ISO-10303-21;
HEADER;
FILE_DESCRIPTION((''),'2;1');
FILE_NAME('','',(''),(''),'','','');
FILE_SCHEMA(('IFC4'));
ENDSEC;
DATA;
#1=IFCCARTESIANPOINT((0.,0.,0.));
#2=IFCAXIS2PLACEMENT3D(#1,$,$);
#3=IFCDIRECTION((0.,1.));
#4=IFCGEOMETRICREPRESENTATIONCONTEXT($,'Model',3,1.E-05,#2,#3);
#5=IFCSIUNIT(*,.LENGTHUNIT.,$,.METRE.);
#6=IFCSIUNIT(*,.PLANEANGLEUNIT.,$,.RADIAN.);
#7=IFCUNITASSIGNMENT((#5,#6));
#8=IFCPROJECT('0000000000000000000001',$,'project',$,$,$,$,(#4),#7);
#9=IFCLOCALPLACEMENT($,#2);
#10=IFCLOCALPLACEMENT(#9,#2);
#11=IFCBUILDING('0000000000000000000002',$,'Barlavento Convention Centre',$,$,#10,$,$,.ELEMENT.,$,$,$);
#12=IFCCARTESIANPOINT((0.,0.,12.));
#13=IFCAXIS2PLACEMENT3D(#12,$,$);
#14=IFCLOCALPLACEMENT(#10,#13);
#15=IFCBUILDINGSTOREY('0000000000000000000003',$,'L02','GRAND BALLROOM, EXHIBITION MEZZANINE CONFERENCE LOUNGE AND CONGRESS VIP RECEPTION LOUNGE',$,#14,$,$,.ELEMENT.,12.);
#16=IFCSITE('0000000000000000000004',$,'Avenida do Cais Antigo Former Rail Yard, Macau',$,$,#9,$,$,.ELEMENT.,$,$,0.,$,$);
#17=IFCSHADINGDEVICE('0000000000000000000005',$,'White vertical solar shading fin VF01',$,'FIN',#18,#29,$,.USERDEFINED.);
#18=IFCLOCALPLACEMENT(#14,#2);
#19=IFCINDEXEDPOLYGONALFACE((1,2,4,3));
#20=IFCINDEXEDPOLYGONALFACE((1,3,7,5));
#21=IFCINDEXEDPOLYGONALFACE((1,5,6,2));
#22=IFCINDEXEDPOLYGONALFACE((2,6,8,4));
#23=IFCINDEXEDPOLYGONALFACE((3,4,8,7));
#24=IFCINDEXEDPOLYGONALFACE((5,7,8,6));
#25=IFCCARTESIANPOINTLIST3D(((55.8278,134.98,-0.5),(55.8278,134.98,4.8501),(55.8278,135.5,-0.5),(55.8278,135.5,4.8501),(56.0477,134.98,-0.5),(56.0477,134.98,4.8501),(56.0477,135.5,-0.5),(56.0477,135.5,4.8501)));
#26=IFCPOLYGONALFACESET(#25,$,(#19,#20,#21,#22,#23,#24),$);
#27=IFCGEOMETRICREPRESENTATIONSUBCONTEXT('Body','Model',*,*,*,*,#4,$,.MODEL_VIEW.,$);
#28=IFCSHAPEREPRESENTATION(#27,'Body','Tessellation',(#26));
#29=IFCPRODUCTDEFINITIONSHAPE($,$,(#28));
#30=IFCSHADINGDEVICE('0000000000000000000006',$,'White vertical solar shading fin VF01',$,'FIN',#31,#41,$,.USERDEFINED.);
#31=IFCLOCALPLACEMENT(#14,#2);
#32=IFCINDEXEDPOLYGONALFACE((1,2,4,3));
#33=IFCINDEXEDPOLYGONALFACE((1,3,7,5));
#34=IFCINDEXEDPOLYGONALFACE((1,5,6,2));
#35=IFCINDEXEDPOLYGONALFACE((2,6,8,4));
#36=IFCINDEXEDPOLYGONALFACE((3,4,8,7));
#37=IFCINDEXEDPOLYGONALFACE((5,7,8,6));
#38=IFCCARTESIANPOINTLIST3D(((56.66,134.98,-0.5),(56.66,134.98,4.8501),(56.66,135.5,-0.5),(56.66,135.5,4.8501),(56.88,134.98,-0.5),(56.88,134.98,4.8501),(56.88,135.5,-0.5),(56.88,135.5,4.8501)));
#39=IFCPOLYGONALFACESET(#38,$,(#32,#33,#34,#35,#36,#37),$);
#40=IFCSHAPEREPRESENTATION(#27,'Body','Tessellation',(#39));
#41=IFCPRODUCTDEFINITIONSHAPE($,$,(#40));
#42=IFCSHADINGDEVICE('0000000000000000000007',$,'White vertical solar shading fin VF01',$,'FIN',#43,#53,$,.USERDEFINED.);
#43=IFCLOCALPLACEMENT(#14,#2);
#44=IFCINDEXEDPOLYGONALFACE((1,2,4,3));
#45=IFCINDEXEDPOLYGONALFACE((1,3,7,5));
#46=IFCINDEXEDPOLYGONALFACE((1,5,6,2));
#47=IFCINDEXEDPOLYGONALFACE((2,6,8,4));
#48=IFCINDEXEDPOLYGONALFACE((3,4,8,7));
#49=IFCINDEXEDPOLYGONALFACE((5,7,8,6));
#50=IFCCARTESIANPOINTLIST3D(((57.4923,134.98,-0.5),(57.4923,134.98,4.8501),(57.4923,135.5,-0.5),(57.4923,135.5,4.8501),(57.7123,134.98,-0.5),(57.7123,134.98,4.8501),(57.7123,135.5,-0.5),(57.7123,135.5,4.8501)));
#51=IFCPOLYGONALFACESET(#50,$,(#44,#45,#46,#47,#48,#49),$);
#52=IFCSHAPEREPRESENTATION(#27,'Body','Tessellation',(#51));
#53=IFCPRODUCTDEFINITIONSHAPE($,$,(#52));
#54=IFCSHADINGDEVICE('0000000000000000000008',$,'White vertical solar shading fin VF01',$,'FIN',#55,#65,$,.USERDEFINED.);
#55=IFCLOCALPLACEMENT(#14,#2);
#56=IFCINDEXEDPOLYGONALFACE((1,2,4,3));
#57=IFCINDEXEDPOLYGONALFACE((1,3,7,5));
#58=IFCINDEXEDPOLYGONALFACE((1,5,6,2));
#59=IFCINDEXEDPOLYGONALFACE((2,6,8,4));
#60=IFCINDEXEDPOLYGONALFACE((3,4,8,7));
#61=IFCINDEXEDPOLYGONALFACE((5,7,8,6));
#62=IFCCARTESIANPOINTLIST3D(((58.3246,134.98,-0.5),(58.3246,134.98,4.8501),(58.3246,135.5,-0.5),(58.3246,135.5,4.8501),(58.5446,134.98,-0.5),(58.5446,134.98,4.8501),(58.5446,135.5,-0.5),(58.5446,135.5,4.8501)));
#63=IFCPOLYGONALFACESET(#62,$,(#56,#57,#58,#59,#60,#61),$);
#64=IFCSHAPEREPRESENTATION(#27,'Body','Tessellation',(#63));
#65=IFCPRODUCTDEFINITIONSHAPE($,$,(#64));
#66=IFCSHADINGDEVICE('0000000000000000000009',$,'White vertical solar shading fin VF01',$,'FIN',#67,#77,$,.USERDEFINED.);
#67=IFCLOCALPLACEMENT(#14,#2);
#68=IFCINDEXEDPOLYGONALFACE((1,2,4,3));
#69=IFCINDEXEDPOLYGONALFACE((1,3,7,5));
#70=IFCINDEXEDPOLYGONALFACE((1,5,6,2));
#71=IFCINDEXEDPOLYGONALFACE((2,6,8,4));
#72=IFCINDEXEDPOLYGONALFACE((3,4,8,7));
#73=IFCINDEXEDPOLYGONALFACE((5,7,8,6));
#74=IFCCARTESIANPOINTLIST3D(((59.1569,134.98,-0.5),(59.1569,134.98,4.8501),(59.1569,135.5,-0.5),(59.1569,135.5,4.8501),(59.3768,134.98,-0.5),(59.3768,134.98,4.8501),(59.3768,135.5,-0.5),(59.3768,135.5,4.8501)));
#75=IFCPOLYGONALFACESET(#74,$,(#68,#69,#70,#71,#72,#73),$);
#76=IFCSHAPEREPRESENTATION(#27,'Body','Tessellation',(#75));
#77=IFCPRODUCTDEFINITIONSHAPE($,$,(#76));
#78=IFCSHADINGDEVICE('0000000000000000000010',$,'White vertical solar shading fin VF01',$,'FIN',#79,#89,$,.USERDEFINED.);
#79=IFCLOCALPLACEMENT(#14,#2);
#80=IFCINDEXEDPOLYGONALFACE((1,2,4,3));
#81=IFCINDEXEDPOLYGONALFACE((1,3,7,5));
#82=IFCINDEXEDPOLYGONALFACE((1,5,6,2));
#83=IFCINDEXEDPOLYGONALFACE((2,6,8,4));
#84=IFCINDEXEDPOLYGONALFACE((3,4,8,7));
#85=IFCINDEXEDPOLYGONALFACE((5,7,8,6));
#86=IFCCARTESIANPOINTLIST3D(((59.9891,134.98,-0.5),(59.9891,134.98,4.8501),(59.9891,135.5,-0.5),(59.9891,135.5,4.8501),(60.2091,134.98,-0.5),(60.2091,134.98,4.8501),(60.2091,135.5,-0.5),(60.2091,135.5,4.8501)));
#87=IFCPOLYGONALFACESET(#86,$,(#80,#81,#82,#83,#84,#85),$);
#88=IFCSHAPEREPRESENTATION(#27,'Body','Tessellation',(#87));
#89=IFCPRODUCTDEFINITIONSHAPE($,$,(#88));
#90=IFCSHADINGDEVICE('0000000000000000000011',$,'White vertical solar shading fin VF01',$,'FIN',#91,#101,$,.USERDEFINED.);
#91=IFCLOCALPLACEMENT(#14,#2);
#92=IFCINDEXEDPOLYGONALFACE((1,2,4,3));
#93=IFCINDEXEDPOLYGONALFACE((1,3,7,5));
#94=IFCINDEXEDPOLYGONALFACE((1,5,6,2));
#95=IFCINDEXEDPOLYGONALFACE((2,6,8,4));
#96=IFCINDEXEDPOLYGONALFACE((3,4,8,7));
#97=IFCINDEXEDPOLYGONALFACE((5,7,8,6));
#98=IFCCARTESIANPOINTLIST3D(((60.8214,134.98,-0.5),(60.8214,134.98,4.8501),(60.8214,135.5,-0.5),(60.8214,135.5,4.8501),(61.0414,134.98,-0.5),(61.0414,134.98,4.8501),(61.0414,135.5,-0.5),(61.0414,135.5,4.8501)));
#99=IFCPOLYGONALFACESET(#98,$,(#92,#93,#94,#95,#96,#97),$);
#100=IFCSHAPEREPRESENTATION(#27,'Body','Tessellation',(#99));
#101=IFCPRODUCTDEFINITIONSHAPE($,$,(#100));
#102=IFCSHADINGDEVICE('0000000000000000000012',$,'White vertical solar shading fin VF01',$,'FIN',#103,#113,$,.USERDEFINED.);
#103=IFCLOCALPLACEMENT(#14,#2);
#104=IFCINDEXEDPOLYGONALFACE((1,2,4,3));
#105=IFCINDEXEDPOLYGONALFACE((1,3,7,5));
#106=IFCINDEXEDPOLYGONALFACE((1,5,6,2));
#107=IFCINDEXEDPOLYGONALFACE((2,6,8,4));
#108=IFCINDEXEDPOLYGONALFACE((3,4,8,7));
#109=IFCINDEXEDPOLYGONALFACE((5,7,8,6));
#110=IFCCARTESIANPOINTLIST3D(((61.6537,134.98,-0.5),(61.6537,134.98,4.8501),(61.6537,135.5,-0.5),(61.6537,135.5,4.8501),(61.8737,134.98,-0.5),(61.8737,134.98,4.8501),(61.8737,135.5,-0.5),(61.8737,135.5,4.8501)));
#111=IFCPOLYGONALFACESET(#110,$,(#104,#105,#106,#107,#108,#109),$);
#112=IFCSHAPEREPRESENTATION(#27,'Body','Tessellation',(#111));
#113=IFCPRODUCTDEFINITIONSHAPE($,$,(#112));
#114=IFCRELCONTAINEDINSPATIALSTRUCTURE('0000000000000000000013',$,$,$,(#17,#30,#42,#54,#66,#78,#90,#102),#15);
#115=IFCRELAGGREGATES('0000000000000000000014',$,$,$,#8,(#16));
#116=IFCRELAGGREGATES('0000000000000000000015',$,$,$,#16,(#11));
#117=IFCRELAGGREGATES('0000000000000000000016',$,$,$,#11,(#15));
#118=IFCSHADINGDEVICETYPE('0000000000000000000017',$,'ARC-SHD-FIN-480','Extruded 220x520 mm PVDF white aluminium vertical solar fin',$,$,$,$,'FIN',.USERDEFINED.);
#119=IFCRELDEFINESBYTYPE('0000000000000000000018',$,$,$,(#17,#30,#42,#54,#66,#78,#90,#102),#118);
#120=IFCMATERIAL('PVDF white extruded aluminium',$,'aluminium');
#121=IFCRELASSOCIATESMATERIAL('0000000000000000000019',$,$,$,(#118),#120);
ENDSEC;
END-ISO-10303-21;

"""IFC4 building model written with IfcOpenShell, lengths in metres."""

from ifc_helpers import new_model, si_unit, direction, frame, origin, origin_2d, place, context, subcontext, project, spatial, rectangle, extrude, material, type_object, element, save


model = new_model("IFC4")

# Units and contexts
model_context = context("Model", 3, precision=1e-05, world=origin(), true_north=direction((0.0, 1.0)))
body_context = subcontext(model_context, "Body", "Model", "MODEL_VIEW")
ifc_project = project(units=[si_unit("LENGTHUNIT", "METRE"), si_unit("PLANEANGLEUNIT", "RADIAN")], contexts=[model_context])

# Site, building, storey
site_placement = place(None, origin())
site = spatial("IfcSite", under=ifc_project, at=site_placement, Name="Avenida do Cais Antigo Former Rail Yard, Macau", CompositionType="ELEMENT", RefElevation=0.0)
building_placement = place(site_placement, origin())
building = spatial("IfcBuilding", under=site, at=building_placement, Name="Barlavento Convention Centre", CompositionType="ELEMENT")
storey_placement = place(building_placement, frame((0.0, 0.0, 12.0)))
storey = spatial("IfcBuildingStorey", under=building, at=storey_placement, Name="L02", Description="GRAND BALLROOM, EXHIBITION MEZZANINE CONFERENCE LOUNGE AND CONGRESS VIP RECEPTION LOUNGE", CompositionType="ELEMENT", Elevation=12.0)

# Shading devices
ifc_material_1 = material(Name="PVDF white extruded aluminium", Category="aluminium")
shading_device_type = type_object("IfcShadingDeviceType", Name="ARC-SHD-FIN-480", Description="Extruded 220x520 mm PVDF white aluminium vertical solar fin", ElementType="FIN", PredefinedType="USERDEFINED", material=ifc_material_1)
for number, where, z_axis, x_axis, name in (
    (1, (55.9377, 135.24, -0.5), (0.0, 0.0, 1.0), (1.0, 0.0, 0.0), "White vertical solar shading fin VF01"),
    (2, (56.77, 135.24, -0.5), (0.0, 0.0, 1.0), (1.0, 0.0, 0.0), "White vertical solar shading fin VF01"),
    (3, (57.6023, 135.24, -0.5), (0.0, 0.0, 1.0), (1.0, 0.0, 0.0), "White vertical solar shading fin VF01"),
    (4, (58.4346, 135.24, -0.5), (0.0, 0.0, 1.0), (1.0, 0.0, 0.0), "White vertical solar shading fin VF01"),
    (5, (59.2668, 135.24, -0.5), (0.0, 0.0, 1.0), (1.0, 0.0, 0.0), "White vertical solar shading fin VF01"),
    (6, (60.0991, 135.24, -0.5), (0.0, 0.0, 1.0), (1.0, 0.0, 0.0), "White vertical solar shading fin VF01"),
    (7, (60.9314, 135.24, -0.5), (0.0, 0.0, 1.0), (1.0, 0.0, 0.0), "White vertical solar shading fin VF01"),
    (8, (61.7637, 135.24, -0.5), (0.0, 0.0, 1.0), (1.0, 0.0, 0.0), "White vertical solar shading fin VF01"),
):
    element("IfcShadingDevice", number, at=place(storey_placement, frame(where, z_axis=z_axis, x_axis=x_axis)), inside=storey, type_object=shading_device_type, Name=name, ObjectType="FIN", PredefinedType="USERDEFINED", context=body_context, shape_type="SweptSolid", body=[
        extrude(rectangle(XDim=0.22, YDim=0.52, at=origin_2d()), origin(), (0.0, 0.0, 1.0), 5.3501),
    ])

save(model, "model.ifc")
